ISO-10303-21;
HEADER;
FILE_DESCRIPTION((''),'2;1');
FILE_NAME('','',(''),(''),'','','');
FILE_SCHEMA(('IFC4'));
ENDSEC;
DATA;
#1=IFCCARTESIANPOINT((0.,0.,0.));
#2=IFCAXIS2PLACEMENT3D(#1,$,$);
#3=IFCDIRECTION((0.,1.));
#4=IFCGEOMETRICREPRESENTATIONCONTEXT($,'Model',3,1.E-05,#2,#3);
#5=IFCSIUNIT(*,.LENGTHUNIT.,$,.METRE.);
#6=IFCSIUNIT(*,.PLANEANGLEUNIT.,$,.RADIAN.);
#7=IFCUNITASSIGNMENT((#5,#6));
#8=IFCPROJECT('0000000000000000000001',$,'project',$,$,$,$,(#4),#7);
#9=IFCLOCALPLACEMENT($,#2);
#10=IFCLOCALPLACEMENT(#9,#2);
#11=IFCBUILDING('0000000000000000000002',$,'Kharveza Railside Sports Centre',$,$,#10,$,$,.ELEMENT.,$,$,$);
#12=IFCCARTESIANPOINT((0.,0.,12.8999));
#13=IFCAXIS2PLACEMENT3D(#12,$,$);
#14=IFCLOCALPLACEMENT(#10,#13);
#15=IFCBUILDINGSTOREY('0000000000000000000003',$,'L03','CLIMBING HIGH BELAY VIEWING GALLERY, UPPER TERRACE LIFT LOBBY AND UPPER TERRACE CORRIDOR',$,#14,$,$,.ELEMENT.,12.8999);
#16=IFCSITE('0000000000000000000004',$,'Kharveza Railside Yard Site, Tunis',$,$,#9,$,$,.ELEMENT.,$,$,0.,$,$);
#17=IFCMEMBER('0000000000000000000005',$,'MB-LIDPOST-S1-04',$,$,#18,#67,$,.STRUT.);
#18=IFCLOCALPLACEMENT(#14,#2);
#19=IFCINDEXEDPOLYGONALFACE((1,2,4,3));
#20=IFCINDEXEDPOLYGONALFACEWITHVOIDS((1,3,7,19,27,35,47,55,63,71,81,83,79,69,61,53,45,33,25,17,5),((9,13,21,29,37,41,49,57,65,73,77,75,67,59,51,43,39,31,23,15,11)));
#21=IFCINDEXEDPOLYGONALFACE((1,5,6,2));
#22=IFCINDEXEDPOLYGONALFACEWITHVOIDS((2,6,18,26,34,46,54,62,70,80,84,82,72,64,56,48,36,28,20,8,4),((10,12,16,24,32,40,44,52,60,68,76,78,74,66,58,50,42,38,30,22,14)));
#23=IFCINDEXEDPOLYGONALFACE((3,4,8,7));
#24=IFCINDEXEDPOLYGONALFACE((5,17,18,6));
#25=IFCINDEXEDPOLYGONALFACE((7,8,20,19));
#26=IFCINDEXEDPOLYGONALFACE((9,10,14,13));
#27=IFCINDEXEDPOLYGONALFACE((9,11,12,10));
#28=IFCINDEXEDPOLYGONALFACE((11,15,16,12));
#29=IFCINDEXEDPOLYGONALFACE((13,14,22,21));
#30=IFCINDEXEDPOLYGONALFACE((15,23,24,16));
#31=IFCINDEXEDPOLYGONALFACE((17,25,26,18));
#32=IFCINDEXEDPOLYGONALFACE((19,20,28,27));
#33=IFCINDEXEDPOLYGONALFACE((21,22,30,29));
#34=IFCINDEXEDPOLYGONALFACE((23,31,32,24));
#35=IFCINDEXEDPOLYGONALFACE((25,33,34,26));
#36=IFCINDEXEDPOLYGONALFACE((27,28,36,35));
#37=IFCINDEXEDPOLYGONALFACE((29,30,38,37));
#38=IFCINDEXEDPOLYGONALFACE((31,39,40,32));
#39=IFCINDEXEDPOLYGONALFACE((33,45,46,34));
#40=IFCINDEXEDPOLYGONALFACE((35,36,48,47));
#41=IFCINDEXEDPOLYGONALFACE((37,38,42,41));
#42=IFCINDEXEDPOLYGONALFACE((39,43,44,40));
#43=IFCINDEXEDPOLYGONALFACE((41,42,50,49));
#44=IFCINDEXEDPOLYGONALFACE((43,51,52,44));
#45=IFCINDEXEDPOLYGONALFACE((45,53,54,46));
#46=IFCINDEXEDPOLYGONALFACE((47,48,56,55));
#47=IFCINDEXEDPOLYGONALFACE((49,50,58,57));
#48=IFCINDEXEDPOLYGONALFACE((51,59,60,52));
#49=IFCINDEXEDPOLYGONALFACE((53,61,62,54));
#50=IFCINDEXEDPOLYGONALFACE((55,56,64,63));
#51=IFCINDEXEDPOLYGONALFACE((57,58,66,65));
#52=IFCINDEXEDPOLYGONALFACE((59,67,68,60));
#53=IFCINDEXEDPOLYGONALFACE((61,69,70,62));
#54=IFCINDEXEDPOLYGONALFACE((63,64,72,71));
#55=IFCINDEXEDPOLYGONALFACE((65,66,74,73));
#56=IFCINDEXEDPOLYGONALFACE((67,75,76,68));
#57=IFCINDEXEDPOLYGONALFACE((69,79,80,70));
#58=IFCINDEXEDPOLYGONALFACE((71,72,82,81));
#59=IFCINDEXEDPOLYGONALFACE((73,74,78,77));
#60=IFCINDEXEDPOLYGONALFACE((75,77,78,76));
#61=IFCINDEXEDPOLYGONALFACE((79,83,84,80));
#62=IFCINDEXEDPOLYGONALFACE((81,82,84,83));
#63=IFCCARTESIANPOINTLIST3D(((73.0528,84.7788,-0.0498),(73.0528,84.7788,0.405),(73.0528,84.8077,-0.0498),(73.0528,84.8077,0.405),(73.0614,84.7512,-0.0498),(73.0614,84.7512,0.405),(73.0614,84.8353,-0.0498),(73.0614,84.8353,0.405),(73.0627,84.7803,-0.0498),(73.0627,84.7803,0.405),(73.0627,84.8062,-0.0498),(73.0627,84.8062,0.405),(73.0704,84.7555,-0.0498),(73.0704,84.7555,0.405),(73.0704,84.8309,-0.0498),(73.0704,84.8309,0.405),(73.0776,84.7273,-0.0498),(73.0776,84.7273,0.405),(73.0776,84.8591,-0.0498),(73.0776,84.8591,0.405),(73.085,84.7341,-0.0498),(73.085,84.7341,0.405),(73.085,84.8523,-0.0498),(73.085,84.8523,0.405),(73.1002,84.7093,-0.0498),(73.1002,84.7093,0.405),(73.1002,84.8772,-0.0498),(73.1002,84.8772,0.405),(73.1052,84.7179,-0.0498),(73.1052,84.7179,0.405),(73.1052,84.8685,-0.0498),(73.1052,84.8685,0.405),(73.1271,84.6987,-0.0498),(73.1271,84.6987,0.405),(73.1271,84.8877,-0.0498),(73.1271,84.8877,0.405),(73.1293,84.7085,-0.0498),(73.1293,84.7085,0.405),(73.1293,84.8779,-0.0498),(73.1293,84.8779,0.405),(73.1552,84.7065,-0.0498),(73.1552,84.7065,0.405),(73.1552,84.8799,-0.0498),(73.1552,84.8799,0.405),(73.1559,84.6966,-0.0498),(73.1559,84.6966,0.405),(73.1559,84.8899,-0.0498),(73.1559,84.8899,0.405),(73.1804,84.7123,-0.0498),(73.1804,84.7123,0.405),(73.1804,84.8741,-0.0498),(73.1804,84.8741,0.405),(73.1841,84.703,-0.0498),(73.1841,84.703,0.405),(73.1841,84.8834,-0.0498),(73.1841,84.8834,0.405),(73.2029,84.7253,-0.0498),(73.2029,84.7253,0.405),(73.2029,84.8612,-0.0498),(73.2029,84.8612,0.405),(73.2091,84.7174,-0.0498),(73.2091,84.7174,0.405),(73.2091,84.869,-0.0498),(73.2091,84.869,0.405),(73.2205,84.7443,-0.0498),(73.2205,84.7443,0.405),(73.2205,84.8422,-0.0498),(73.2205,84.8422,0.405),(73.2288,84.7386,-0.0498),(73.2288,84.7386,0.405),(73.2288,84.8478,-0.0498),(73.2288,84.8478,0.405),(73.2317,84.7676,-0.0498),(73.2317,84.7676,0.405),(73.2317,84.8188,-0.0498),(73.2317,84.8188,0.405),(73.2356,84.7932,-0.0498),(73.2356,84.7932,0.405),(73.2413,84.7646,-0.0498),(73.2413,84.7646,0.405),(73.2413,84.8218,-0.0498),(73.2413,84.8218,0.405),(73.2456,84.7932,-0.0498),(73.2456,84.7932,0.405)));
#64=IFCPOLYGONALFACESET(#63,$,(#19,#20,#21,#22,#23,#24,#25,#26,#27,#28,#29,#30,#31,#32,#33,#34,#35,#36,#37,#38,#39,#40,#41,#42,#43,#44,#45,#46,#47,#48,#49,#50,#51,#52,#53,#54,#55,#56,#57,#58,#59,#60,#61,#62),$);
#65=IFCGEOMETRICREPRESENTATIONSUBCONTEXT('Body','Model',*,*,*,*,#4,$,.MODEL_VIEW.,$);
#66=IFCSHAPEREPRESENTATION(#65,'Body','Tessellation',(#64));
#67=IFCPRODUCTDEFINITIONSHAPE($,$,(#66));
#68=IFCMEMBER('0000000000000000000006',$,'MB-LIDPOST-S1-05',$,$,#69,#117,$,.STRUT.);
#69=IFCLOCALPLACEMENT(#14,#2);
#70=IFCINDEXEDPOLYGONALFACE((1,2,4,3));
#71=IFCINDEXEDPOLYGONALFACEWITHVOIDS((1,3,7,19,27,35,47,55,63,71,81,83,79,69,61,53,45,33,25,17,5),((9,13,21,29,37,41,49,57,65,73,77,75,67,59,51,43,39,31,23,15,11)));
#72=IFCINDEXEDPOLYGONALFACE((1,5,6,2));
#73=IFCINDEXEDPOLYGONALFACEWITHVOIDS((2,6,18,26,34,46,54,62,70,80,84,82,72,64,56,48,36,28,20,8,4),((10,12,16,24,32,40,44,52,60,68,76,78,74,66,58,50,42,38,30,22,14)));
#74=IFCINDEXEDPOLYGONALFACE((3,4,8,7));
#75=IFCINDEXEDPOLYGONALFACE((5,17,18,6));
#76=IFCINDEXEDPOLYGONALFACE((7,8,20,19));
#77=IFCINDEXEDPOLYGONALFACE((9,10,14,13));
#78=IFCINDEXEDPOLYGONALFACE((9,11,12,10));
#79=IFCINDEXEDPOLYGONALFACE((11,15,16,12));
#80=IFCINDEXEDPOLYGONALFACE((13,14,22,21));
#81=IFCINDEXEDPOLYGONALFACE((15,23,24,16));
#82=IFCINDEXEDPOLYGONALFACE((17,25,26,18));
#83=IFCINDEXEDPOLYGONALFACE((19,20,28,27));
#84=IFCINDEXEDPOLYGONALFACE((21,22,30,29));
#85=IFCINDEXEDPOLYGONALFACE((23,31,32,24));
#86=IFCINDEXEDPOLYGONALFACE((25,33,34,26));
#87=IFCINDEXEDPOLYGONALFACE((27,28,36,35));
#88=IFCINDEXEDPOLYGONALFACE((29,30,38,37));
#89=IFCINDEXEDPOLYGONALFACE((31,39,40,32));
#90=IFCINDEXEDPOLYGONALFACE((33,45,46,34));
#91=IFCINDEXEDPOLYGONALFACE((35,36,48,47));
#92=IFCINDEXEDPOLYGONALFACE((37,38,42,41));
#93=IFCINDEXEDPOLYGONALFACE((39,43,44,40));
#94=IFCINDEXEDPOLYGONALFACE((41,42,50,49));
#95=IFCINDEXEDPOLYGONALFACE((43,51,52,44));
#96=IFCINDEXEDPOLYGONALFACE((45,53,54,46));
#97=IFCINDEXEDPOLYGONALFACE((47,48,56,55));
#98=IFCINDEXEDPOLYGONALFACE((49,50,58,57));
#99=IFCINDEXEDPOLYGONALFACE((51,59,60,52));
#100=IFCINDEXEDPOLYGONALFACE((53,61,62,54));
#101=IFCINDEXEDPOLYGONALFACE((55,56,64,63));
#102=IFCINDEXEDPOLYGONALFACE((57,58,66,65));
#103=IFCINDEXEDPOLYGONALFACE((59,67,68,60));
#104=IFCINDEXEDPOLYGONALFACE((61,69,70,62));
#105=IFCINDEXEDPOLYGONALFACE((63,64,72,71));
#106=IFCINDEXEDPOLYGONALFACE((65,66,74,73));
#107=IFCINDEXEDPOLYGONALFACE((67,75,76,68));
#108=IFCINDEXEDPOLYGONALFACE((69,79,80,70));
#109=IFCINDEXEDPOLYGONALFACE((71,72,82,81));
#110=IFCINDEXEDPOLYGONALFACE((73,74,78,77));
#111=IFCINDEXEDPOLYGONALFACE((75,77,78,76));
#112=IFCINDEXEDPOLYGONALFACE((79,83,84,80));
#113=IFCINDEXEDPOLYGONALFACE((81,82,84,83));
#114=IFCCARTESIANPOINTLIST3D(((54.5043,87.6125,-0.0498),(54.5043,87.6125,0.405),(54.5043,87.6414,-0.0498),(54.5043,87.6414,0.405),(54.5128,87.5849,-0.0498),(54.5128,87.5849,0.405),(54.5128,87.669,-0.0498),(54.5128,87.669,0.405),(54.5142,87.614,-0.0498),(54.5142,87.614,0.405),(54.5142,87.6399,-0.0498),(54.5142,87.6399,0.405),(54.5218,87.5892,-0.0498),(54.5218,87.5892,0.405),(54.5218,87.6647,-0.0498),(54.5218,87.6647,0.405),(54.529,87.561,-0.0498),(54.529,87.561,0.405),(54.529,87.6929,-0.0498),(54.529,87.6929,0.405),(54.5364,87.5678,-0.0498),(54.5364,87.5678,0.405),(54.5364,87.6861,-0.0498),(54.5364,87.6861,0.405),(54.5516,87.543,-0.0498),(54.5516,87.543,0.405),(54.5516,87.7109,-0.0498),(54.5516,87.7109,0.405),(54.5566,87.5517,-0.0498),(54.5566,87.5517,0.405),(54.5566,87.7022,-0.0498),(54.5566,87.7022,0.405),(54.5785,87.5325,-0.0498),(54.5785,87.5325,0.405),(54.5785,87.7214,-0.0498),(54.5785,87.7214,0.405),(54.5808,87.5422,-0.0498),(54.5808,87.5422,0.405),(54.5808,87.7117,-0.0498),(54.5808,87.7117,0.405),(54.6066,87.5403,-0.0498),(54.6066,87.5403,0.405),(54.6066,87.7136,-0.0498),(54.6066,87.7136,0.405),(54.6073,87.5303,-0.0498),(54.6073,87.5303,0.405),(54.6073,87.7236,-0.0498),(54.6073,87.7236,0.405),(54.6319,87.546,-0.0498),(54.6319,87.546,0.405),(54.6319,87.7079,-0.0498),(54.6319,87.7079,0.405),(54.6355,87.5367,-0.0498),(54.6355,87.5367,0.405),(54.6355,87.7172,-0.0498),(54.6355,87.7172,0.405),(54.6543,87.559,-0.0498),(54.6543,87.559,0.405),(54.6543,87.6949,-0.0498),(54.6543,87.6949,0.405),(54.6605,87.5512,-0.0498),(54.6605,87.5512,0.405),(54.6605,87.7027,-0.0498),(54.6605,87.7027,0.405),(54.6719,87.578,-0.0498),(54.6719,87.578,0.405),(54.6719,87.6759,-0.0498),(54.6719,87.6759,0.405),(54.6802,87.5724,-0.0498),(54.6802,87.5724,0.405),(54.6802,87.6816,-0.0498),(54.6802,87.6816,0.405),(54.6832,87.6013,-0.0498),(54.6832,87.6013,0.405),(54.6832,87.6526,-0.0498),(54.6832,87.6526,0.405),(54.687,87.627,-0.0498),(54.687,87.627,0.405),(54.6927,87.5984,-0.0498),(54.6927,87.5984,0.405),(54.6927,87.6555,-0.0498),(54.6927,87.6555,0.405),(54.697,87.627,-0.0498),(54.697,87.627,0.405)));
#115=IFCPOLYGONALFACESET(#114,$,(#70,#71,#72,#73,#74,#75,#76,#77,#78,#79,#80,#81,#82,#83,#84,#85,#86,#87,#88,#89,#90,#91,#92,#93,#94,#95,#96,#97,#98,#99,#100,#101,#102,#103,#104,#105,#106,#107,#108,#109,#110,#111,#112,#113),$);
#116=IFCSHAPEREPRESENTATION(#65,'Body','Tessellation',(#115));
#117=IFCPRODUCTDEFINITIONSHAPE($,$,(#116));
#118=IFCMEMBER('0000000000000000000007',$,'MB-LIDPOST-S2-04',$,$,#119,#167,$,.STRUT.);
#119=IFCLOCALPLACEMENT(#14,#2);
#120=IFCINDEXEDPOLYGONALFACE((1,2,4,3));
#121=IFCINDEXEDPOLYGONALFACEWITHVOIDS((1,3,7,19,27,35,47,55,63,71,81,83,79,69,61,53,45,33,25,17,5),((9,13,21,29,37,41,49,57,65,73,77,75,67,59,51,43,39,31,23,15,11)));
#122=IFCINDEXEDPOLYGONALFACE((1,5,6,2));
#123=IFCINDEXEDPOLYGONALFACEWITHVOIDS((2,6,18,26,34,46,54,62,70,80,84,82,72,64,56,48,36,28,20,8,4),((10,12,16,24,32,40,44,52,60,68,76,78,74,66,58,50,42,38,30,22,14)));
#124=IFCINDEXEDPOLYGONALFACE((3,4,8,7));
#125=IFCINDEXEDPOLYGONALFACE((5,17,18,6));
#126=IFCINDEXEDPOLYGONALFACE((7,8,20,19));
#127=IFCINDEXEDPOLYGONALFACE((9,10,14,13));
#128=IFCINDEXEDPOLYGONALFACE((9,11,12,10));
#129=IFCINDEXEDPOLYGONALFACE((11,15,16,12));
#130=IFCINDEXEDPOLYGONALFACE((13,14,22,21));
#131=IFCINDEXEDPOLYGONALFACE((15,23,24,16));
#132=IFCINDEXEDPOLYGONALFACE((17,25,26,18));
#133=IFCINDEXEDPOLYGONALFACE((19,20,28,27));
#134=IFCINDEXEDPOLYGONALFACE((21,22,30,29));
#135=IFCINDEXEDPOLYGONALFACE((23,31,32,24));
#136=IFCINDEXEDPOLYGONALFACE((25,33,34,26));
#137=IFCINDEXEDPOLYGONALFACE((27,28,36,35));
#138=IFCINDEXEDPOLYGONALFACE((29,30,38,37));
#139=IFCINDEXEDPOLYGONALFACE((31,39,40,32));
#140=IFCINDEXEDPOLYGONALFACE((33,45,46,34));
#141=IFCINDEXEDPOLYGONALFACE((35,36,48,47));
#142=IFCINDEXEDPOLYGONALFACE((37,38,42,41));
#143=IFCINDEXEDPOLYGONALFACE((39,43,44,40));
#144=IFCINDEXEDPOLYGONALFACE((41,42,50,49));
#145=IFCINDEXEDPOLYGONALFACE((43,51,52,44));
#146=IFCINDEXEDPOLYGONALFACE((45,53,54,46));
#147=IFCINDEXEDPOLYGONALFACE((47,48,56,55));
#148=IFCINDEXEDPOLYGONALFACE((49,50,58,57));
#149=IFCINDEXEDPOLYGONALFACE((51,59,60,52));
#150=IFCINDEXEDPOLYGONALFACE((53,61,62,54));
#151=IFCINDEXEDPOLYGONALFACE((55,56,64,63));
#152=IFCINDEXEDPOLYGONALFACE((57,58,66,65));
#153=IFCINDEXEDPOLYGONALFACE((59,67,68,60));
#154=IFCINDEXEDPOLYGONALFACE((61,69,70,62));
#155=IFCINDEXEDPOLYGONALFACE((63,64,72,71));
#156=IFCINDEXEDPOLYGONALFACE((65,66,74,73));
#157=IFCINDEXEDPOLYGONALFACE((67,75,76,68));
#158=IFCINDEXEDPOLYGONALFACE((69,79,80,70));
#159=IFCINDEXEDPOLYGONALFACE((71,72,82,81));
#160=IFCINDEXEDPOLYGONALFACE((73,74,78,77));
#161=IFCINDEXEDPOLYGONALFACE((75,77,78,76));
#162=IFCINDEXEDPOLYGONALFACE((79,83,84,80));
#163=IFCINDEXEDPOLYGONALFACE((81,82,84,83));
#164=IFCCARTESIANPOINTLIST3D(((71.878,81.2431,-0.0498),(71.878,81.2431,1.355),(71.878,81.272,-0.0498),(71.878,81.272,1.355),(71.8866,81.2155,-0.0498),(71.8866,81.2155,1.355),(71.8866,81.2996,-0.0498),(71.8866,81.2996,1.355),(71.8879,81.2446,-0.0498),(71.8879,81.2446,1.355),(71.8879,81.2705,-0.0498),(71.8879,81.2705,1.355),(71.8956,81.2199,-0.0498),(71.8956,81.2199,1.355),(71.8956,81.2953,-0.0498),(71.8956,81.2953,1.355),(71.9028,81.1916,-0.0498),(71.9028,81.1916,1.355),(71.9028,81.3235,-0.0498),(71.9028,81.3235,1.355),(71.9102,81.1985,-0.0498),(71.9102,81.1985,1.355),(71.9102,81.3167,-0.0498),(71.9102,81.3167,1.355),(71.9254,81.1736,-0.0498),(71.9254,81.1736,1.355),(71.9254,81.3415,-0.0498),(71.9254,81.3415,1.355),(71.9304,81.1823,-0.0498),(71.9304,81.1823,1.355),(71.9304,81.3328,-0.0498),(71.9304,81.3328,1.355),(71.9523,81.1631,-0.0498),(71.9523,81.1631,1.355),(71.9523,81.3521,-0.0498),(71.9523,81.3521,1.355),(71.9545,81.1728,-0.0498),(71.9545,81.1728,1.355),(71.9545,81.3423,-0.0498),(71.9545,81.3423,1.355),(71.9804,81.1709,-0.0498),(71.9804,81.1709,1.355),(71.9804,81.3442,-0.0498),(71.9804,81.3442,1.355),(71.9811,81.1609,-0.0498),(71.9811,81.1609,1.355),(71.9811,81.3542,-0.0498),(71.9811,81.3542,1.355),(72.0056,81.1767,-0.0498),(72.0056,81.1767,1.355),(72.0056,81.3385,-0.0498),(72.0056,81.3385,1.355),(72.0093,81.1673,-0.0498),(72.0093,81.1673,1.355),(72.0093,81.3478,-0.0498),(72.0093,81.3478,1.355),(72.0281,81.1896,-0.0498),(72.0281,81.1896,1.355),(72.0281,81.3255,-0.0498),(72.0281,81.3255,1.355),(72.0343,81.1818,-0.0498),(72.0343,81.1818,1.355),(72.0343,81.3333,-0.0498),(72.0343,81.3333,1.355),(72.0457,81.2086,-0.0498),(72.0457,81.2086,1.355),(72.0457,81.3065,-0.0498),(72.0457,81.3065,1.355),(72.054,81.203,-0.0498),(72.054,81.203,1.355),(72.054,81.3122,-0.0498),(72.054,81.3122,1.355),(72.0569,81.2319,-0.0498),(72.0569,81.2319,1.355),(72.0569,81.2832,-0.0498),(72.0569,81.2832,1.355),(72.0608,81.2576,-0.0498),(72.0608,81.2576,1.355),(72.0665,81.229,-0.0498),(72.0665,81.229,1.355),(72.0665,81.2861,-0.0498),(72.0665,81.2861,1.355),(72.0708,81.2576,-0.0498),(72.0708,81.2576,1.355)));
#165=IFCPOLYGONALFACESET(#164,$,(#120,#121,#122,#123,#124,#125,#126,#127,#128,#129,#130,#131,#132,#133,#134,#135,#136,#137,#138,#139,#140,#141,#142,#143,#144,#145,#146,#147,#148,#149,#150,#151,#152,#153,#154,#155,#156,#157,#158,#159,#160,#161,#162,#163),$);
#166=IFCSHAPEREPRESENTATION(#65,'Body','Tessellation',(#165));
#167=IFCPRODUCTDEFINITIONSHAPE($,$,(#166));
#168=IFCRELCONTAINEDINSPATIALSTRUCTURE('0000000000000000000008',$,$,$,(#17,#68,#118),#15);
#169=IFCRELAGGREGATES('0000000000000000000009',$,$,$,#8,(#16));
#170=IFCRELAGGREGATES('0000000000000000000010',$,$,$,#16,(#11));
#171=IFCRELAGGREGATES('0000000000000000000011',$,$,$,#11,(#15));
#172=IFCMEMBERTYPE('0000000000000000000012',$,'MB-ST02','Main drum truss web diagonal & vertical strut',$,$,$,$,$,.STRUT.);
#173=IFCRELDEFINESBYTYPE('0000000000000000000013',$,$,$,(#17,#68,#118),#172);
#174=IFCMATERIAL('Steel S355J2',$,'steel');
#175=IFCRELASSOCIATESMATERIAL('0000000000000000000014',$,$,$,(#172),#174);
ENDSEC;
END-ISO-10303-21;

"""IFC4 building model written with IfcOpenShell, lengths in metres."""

from ifc_helpers import new_model, si_unit, direction, frame, origin, origin_2d, place, context, subcontext, project, spatial, hollow_circle, extrude, material, material_profile, profile_set, type_object, element, save


model = new_model("IFC4")

# Units and contexts
model_context = context("Model", 3, precision=1e-05, world=origin(), true_north=direction((0.0, 1.0)))
body_context = subcontext(model_context, "Body", "Model", "MODEL_VIEW")
ifc_project = project(units=[si_unit("LENGTHUNIT", "METRE"), si_unit("PLANEANGLEUNIT", "RADIAN")], contexts=[model_context])

# Site, building, storey
site_placement = place(None, origin())
site = spatial("IfcSite", under=ifc_project, at=site_placement, Name="Kharveza Railside Yard Site, Tunis", CompositionType="ELEMENT", RefElevation=0.0)
building_placement = place(site_placement, origin())
building = spatial("IfcBuilding", under=site, at=building_placement, Name="Kharveza Railside Sports Centre", CompositionType="ELEMENT")
storey_placement = place(building_placement, frame((0.0, 0.0, 12.8999)))
storey = spatial("IfcBuildingStorey", under=building, at=storey_placement, Name="L03", Description="CLIMBING HIGH BELAY VIEWING GALLERY, UPPER TERRACE LIFT LOBBY AND UPPER TERRACE CORRIDOR", CompositionType="ELEMENT", Elevation=12.8999)

# Shared definitions
ifc_material_1 = material(Name="Steel S355J2", Category="steel")

# Members
ifc_material_profile_1 = material_profile(ifc_material_1, hollow_circle(Radius=0.0969, WallThickness=0.01, at=origin_2d()), Name="CHS 193.7x10.0")
ifc_profile_set_1 = profile_set([ifc_material_profile_1], Name="Steel S355J2")
member_type_1 = type_object("IfcMemberType", Name="MB-ST02", Description="Main drum truss web diagonal & vertical strut", PredefinedType="STRUT", material=ifc_profile_set_1)
for number, where, z_axis, x_axis, name in (
    (1, (73.1487, 84.7932, -0.0498), (0.0, 0.0, 1.0), (1.0, 0.0, 0.0), "MB-LIDPOST-S1-04"),
    (2, (54.6001, 87.627, -0.0498), (0.0, 0.0, 1.0), (1.0, 0.0, 0.0), "MB-LIDPOST-S1-05"),
):
    element("IfcMember", number, at=place(storey_placement, frame(where, z_axis=z_axis, x_axis=x_axis)), inside=storey, type_object=member_type_1, Name=name, PredefinedType="STRUT", context=body_context, shape_type="SweptSolid", body=[
        extrude(hollow_circle(Radius=0.0969, WallThickness=0.01, at=origin_2d()), origin(), (0.0, 0.0, 1.0), 0.4548),
    ])
member_1_placement = place(storey_placement, frame((71.9739, 81.2576, -0.0498), z_axis=(0.0, 0.0, 1.0), x_axis=(1.0, 0.0, 0.0)))
element("IfcMember", 3, at=member_1_placement, inside=storey, type_object=member_type_1, Name="MB-LIDPOST-S2-04", PredefinedType="STRUT", context=body_context, shape_type="SweptSolid", body=[
    extrude(hollow_circle(Radius=0.0969, WallThickness=0.01, at=origin_2d()), origin(), (0.0, 0.0, 1.0), 1.4048),
])

save(model, "model.ifc")
